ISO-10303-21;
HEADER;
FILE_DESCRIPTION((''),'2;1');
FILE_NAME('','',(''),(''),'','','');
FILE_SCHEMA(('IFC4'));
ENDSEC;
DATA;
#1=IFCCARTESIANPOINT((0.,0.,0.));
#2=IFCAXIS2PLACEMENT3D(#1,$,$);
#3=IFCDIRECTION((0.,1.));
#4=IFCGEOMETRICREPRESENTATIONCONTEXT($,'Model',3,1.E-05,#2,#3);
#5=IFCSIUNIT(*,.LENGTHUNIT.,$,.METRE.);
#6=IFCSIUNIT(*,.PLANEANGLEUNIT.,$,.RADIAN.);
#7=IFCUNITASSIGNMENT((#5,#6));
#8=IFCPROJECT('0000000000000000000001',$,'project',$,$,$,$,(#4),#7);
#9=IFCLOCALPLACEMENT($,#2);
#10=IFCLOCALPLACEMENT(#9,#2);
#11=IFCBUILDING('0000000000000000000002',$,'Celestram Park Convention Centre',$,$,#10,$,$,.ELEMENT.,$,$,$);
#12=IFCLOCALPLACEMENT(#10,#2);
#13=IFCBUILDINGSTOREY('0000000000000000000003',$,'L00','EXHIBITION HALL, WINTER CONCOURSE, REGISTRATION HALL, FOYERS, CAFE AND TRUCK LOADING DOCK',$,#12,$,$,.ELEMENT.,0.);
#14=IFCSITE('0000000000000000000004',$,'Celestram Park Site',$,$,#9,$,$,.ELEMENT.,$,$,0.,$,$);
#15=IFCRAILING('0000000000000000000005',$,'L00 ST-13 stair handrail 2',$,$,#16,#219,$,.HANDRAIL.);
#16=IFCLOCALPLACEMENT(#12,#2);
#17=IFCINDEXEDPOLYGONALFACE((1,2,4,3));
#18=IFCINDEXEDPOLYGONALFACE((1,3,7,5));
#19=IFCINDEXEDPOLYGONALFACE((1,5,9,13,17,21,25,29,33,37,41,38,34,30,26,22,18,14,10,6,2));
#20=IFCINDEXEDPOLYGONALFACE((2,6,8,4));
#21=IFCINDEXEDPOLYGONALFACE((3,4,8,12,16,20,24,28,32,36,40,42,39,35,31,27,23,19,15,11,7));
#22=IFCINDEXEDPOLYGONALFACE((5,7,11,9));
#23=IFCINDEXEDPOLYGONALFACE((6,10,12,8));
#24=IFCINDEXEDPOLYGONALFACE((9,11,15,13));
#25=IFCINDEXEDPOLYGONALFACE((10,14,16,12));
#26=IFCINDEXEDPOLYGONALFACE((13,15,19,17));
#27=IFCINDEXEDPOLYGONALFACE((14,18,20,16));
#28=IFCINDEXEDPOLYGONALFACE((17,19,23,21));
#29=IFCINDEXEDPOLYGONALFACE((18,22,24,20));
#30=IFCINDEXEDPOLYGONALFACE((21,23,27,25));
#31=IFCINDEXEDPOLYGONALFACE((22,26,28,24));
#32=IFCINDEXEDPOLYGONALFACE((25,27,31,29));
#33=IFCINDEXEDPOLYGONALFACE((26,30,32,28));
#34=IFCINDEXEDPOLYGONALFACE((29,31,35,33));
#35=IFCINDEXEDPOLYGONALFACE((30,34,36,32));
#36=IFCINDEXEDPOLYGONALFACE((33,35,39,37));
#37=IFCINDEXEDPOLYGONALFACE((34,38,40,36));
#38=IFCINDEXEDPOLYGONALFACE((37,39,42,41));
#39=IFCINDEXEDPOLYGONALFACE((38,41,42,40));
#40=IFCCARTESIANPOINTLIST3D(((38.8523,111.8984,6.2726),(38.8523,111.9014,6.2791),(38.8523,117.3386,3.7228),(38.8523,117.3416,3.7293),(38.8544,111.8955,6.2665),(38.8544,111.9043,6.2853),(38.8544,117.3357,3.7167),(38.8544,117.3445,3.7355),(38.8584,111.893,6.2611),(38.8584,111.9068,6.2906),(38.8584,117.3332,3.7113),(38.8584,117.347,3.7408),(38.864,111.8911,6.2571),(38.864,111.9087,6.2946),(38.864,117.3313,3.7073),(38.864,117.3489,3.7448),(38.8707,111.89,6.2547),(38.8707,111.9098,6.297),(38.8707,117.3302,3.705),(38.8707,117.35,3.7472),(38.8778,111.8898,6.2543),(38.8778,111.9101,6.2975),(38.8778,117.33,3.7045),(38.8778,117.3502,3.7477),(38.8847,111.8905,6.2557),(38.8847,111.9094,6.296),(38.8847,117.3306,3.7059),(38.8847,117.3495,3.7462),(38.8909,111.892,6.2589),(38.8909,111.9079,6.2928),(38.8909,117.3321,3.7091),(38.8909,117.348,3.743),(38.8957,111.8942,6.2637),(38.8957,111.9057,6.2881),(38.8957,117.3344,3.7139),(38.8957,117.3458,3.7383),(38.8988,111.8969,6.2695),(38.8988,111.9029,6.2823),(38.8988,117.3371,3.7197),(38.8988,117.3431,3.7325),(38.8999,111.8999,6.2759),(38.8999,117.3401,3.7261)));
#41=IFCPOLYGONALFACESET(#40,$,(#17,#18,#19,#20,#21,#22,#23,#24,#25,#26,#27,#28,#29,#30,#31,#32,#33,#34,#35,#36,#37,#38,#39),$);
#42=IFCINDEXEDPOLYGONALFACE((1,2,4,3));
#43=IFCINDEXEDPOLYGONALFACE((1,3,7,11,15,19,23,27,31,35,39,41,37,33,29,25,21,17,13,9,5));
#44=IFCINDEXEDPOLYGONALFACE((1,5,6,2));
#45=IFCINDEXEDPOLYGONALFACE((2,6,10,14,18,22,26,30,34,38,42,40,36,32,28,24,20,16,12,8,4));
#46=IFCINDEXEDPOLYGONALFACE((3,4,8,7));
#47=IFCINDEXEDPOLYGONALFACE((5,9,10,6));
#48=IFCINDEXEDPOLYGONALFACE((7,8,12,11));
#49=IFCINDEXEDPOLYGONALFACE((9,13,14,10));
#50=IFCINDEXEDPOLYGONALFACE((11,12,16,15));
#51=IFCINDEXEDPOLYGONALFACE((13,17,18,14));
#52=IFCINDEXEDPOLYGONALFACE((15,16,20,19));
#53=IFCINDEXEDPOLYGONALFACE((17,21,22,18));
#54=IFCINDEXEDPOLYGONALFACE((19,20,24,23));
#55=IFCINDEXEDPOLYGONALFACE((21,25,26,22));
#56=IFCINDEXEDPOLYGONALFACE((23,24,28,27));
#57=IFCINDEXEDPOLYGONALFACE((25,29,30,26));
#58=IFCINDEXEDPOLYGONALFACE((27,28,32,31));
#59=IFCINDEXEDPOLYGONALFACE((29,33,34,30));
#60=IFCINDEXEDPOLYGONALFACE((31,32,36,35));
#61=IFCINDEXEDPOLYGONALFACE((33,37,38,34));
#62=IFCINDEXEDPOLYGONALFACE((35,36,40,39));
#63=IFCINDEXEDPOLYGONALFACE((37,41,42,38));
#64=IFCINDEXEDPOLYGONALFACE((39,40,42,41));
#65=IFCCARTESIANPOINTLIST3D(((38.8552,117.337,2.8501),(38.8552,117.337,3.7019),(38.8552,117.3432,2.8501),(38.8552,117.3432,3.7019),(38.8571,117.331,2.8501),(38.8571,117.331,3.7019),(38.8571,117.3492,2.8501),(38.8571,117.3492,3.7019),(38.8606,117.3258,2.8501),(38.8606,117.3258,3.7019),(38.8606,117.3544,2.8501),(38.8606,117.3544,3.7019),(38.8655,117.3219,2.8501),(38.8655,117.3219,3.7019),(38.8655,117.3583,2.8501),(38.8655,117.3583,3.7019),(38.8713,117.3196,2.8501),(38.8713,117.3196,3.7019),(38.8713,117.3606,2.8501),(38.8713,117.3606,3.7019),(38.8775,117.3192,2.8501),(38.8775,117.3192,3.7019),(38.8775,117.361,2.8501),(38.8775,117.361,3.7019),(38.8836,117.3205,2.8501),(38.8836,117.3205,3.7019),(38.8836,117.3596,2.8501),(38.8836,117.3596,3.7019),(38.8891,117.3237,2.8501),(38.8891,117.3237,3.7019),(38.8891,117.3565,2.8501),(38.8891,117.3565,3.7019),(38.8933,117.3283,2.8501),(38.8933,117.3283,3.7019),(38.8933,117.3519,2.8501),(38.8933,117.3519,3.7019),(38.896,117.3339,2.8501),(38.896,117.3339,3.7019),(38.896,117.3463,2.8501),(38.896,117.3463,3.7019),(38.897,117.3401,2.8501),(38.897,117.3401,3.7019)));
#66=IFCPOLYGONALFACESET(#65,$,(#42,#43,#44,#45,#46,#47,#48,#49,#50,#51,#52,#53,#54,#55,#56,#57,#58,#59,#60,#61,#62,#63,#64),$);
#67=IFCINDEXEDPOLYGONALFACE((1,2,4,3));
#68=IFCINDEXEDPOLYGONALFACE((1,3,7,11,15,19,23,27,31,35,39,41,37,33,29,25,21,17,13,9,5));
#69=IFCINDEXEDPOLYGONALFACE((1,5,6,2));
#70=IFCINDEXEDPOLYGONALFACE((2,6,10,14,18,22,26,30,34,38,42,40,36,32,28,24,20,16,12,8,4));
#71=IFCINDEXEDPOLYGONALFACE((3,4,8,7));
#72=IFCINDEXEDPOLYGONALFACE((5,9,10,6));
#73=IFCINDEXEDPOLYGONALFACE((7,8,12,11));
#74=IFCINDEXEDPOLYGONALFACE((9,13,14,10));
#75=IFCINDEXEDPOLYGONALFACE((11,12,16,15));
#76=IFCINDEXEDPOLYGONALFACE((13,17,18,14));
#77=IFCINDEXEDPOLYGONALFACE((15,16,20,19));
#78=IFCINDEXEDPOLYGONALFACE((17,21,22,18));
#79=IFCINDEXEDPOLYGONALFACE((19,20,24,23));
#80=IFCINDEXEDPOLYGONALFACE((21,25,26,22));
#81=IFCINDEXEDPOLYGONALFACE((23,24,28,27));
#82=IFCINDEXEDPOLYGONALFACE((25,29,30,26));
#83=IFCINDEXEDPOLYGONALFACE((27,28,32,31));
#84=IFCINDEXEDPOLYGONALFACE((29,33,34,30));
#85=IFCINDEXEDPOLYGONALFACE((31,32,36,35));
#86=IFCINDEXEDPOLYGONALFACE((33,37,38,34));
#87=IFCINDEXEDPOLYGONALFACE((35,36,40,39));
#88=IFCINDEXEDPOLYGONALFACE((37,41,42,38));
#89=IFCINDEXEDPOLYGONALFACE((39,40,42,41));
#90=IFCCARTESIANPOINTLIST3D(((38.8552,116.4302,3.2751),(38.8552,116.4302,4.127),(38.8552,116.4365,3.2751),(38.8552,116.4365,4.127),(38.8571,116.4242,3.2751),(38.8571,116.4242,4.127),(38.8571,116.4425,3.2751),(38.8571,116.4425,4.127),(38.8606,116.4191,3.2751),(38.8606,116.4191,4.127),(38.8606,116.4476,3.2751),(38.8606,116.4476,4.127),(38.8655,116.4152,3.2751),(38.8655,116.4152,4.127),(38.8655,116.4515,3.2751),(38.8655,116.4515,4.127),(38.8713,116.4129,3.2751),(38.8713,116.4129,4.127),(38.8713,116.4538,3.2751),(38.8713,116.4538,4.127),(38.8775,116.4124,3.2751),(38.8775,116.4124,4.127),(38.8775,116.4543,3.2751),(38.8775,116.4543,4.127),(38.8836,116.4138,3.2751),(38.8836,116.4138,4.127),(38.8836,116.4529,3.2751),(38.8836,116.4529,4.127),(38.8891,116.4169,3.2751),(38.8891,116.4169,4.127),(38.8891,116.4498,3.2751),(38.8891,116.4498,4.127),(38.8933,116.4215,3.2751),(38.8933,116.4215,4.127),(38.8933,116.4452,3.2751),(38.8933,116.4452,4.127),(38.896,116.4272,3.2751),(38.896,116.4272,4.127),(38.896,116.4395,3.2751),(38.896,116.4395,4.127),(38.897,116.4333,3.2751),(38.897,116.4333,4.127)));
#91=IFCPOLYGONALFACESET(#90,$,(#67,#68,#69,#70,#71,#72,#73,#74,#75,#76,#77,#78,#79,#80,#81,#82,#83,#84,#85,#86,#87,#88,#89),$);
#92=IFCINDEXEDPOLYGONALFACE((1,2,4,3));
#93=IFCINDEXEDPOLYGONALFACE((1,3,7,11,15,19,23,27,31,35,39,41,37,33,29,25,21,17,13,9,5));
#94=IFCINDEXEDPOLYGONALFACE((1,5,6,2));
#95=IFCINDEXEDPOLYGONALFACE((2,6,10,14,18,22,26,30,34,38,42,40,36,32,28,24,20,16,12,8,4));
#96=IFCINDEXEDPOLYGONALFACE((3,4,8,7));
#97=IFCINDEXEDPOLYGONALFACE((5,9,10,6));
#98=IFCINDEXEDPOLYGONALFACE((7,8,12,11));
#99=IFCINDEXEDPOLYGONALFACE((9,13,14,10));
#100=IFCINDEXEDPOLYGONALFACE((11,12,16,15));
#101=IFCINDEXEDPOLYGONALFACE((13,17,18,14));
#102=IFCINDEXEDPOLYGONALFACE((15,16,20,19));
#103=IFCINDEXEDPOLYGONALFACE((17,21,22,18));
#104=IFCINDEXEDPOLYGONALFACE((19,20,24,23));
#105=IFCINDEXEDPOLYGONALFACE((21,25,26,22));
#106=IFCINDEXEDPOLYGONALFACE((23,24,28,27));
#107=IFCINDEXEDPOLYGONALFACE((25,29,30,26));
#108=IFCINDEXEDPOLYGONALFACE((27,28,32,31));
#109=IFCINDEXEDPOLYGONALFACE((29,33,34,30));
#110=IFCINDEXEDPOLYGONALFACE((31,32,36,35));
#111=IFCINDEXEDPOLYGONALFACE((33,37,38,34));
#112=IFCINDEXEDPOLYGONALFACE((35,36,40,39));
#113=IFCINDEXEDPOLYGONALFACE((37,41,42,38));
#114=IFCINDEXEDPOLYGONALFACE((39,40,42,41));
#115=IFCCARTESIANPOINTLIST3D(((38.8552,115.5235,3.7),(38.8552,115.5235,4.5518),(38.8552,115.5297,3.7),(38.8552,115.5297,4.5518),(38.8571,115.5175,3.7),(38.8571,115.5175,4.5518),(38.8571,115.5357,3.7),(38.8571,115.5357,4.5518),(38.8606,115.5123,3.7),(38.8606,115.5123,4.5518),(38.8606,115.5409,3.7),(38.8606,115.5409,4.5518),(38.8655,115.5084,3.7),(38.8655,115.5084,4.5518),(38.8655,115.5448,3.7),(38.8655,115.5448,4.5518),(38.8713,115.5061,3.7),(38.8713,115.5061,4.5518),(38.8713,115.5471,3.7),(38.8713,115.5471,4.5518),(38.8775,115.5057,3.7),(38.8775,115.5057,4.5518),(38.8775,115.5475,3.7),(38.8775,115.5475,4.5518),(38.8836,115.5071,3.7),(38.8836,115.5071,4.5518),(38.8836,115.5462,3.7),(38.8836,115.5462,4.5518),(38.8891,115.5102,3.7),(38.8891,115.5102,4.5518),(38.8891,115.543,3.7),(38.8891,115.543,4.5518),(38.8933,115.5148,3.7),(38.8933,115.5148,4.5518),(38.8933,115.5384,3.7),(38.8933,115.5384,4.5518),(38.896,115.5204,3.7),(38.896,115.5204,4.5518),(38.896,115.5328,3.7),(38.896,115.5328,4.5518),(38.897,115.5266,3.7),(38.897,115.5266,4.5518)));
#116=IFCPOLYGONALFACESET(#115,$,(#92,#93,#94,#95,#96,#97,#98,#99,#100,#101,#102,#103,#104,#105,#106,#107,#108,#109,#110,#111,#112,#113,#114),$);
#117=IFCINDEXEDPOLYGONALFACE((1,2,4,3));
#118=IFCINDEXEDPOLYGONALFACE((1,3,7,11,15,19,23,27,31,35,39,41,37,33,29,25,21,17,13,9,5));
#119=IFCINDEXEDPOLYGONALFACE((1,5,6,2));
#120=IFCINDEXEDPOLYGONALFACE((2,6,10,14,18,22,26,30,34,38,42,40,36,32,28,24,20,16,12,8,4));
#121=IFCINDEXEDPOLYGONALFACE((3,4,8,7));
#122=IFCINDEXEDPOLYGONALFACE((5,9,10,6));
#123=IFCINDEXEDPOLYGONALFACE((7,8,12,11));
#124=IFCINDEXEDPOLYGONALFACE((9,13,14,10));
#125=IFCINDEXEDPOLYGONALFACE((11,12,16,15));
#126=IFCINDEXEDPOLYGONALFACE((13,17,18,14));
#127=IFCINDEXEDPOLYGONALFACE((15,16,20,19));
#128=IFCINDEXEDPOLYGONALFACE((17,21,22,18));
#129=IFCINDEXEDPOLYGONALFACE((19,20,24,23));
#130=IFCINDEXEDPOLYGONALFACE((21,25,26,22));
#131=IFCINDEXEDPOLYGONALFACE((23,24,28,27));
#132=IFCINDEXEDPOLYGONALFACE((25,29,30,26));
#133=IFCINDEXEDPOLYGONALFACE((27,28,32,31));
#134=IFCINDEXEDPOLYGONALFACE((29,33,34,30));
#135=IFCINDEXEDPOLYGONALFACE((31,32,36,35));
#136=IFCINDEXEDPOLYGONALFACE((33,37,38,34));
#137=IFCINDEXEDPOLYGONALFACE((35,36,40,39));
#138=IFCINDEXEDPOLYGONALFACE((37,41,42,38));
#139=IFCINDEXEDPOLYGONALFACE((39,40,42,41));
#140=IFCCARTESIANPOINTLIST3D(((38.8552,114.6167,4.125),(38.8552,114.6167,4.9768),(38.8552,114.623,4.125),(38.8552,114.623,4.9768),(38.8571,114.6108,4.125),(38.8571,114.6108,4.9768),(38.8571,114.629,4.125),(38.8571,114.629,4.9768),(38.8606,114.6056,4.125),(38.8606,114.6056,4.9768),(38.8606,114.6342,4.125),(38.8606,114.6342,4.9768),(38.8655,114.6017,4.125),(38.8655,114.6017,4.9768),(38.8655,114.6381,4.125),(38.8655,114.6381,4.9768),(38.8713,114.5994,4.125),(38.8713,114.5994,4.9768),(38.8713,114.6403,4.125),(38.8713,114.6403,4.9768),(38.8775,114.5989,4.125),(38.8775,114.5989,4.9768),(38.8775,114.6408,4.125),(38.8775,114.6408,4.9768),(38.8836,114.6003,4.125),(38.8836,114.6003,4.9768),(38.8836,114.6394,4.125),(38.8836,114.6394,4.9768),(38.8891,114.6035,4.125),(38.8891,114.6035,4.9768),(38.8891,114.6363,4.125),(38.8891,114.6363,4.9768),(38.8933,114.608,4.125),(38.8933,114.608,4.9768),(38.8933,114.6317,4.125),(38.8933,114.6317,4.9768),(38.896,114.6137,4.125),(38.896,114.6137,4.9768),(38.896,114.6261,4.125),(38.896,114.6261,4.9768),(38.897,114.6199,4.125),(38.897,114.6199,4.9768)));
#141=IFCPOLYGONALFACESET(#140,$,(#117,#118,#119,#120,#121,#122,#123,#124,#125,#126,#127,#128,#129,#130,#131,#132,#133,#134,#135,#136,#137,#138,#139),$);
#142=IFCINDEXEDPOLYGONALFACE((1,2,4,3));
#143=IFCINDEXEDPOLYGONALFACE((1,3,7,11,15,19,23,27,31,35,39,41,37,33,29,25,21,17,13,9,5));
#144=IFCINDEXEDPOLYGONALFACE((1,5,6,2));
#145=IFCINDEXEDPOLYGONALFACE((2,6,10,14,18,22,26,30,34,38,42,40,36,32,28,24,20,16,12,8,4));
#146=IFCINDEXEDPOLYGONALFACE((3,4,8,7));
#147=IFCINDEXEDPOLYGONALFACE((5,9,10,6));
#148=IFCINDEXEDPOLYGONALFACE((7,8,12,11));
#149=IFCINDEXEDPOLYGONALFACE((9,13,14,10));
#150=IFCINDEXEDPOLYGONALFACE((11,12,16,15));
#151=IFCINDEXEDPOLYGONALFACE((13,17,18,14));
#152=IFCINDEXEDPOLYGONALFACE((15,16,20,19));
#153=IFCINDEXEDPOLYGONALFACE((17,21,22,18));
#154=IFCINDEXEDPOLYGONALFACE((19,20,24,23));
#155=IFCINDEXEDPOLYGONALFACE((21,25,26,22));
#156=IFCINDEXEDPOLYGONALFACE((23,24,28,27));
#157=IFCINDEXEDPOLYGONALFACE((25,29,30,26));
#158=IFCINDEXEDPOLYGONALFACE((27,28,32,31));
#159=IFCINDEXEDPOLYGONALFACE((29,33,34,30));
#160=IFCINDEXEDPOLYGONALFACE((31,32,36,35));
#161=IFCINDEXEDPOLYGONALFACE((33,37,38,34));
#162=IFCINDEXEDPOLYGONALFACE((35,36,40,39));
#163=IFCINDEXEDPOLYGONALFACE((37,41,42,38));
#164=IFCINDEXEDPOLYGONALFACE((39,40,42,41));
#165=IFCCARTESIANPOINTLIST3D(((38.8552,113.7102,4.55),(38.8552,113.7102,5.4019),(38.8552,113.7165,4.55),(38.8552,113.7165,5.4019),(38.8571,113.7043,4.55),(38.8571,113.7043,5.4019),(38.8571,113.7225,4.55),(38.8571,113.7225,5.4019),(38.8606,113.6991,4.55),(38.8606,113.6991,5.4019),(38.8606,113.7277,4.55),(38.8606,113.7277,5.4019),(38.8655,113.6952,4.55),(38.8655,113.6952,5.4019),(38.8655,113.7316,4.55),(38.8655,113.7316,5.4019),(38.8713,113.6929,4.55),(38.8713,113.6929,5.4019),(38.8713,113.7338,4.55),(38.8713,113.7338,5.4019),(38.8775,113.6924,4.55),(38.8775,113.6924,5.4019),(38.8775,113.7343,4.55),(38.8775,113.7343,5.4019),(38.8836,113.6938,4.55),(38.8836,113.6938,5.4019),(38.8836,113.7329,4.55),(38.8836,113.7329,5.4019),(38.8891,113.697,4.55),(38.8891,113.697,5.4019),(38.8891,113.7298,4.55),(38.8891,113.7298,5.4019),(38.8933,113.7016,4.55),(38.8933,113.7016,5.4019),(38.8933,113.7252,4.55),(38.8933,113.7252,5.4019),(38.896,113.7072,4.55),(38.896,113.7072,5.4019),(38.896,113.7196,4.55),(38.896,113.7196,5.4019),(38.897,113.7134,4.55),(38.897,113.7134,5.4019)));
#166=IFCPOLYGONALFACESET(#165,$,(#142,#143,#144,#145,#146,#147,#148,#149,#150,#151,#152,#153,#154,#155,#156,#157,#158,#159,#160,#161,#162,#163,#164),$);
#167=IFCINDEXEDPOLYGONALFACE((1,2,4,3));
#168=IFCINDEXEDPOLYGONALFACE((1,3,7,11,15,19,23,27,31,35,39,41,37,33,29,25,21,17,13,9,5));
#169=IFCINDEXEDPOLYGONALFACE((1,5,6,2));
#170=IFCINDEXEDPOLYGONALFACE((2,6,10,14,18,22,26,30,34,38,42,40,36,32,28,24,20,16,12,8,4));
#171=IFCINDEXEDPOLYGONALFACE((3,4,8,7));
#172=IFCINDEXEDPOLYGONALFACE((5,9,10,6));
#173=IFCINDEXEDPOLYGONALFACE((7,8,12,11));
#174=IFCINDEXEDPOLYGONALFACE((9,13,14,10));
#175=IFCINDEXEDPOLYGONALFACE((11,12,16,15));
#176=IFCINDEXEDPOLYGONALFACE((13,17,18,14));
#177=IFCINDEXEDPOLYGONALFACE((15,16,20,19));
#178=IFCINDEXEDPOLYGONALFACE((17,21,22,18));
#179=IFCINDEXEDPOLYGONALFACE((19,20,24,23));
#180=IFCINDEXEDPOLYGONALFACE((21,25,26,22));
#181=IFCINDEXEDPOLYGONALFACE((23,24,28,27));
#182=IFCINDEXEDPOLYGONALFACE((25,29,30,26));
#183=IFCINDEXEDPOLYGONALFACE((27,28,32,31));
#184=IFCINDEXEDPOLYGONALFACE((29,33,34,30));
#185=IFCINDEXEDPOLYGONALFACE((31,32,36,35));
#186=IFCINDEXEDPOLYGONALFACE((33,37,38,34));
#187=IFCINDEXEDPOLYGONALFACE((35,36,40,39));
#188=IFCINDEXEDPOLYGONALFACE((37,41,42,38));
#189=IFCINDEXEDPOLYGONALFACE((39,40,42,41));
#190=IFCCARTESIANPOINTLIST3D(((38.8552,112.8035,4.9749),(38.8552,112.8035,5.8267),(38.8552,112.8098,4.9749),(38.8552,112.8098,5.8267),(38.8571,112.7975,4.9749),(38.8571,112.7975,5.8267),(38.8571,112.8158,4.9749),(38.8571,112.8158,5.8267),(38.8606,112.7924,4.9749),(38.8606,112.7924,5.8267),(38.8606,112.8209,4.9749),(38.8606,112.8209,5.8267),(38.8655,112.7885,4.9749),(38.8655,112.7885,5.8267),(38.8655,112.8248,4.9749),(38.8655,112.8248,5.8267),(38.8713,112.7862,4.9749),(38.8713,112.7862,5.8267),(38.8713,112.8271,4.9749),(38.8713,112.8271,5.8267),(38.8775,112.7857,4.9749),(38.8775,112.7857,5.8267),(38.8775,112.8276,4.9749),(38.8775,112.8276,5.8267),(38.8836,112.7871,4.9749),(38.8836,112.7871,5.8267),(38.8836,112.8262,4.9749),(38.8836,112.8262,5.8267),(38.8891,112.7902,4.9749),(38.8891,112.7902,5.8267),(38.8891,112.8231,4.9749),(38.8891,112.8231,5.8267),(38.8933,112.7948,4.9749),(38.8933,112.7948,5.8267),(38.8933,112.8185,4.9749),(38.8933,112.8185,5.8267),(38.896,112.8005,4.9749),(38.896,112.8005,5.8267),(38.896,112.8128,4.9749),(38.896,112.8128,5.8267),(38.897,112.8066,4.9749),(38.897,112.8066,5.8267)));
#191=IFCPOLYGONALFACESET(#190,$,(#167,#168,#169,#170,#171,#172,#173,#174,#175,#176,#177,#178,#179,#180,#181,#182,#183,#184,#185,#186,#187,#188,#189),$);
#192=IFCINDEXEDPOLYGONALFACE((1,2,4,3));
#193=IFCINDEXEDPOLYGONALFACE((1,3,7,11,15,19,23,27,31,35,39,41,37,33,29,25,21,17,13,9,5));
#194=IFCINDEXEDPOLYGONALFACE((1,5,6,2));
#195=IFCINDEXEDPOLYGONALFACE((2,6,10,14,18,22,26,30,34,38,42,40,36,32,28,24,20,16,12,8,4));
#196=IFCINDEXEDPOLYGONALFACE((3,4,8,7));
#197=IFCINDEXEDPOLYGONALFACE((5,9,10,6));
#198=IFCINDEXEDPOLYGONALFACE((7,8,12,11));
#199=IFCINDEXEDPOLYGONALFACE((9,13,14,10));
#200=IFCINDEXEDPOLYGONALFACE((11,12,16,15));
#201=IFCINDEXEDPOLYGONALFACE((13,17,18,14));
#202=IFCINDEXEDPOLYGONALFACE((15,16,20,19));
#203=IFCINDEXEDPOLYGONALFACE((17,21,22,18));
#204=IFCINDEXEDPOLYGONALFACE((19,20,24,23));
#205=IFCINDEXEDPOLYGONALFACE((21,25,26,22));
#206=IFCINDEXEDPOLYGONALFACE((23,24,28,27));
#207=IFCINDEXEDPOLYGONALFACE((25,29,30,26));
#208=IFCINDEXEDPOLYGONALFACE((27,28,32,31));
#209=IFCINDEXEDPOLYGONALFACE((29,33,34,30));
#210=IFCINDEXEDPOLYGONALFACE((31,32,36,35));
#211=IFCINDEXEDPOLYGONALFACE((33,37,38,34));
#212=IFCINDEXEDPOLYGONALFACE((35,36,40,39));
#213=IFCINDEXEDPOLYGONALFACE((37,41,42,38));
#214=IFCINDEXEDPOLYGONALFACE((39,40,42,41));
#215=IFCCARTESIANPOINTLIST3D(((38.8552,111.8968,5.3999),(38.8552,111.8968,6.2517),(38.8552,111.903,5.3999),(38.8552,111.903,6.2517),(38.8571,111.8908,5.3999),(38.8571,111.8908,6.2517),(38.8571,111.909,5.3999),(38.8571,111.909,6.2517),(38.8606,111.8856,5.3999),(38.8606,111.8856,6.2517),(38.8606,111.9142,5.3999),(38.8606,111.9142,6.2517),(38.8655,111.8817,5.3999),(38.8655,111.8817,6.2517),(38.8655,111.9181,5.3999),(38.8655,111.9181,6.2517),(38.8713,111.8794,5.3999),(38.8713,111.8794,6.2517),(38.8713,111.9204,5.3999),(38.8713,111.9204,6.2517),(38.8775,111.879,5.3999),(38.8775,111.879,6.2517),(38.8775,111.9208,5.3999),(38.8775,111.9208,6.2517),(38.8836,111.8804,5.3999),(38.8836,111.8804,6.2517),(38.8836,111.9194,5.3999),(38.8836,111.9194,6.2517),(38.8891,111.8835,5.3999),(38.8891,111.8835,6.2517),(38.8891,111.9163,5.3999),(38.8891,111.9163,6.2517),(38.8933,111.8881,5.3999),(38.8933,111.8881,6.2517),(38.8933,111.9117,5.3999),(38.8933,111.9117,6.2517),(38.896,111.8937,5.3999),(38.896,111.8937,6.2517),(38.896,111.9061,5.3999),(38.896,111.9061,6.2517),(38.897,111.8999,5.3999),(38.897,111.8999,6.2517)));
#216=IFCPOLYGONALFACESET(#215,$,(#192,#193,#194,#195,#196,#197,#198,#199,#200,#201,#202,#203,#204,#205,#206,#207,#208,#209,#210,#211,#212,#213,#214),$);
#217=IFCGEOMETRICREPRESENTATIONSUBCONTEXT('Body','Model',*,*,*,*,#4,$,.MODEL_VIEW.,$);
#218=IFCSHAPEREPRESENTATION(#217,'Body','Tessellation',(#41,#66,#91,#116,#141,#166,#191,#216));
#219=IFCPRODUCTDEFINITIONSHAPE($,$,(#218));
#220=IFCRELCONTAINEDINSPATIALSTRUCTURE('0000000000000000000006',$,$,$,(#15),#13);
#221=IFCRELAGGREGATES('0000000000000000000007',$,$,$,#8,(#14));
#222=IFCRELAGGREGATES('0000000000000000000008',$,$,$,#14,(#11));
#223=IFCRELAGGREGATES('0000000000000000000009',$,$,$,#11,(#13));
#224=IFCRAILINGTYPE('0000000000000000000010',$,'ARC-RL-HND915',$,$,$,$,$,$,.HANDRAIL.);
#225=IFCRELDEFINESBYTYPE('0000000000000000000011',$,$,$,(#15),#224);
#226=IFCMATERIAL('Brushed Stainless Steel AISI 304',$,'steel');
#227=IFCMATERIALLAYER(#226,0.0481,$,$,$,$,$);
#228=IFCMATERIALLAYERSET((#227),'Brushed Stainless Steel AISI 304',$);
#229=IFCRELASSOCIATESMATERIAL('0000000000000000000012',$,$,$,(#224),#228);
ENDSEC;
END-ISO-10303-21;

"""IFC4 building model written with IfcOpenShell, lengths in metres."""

from ifc_helpers import new_model, si_unit, direction, frame, origin, origin_2d, place, context, subcontext, project, spatial, circle, extrude, material, layer, layer_set, type_object, element, save


model = new_model("IFC4")

# Units and contexts
model_context = context("Model", 3, precision=1e-05, world=origin(), true_north=direction((0.0, 1.0)))
body_context = subcontext(model_context, "Body", "Model", "MODEL_VIEW")
ifc_project = project(units=[si_unit("LENGTHUNIT", "METRE"), si_unit("PLANEANGLEUNIT", "RADIAN")], contexts=[model_context])

# Site, building, storey
site_placement = place(None, origin())
site = spatial("IfcSite", under=ifc_project, at=site_placement, Name="Celestram Park Site", CompositionType="ELEMENT", RefElevation=0.0)
building_placement = place(site_placement, origin())
building = spatial("IfcBuilding", under=site, at=building_placement, Name="Celestram Park Convention Centre", CompositionType="ELEMENT")
storey_placement = place(building_placement, origin())
storey = spatial("IfcBuildingStorey", under=building, at=storey_placement, Name="L00", Description="EXHIBITION HALL, WINTER CONCOURSE, REGISTRATION HALL, FOYERS, CAFE AND TRUCK LOADING DOCK", CompositionType="ELEMENT", Elevation=0.0)

# Railing
ifc_material_1 = material(Name="Brushed Stainless Steel AISI 304", Category="steel")
ifc_layer_1 = layer(ifc_material_1, 0.0481)
ifc_layer_set_1 = layer_set([ifc_layer_1], Name="Brushed Stainless Steel AISI 304")
railing_type_1 = type_object("IfcRailingType", Name="ARC-RL-HND915", PredefinedType="HANDRAIL", material=ifc_layer_set_1)
railing_1_placement = place(storey_placement, frame((38.876, 117.3401, 2.8501)))
element("IfcRailing", 1, at=railing_1_placement, inside=storey, type_object=railing_type_1, Name="L00 ST-13 stair handrail 2", PredefinedType="HANDRAIL", context=body_context, shape_type="SweptSolid", body=[
    extrude(circle(Radius=0.0239, at=origin_2d()), frame((0.0, 0.0, 0.876), z_axis=(0.0, -0.905477, 0.424395), x_axis=(1.0, 0.0, 0.0)), (0.0, 0.0, 1.0), 6.0081),
    extrude(circle(Radius=0.021, at=origin_2d()), origin(), (0.0, 0.0, 1.0), 0.8518),
    extrude(circle(Radius=0.021, at=origin_2d()), frame((0.0, -0.9067, 0.425)), (0.0, 0.0, 1.0), 0.8518),
    extrude(circle(Radius=0.021, at=origin_2d()), frame((0.0, -1.8135, 0.8499)), (0.0, 0.0, 1.0), 0.8518),
    extrude(circle(Radius=0.021, at=origin_2d()), frame((0.0, -2.7202, 1.2749)), (0.0, 0.0, 1.0), 0.8518),
    extrude(circle(Radius=0.021, at=origin_2d()), frame((0.0, -3.6267, 1.7)), (0.0, 0.0, 1.0), 0.8518),
    extrude(circle(Radius=0.021, at=origin_2d()), frame((0.0, -4.5334, 2.1248)), (0.0, 0.0, 1.0), 0.8518),
    extrude(circle(Radius=0.021, at=origin_2d()), frame((0.0, -5.4402, 2.5498)), (0.0, 0.0, 1.0), 0.8518),
])

save(model, "model.ifc")
